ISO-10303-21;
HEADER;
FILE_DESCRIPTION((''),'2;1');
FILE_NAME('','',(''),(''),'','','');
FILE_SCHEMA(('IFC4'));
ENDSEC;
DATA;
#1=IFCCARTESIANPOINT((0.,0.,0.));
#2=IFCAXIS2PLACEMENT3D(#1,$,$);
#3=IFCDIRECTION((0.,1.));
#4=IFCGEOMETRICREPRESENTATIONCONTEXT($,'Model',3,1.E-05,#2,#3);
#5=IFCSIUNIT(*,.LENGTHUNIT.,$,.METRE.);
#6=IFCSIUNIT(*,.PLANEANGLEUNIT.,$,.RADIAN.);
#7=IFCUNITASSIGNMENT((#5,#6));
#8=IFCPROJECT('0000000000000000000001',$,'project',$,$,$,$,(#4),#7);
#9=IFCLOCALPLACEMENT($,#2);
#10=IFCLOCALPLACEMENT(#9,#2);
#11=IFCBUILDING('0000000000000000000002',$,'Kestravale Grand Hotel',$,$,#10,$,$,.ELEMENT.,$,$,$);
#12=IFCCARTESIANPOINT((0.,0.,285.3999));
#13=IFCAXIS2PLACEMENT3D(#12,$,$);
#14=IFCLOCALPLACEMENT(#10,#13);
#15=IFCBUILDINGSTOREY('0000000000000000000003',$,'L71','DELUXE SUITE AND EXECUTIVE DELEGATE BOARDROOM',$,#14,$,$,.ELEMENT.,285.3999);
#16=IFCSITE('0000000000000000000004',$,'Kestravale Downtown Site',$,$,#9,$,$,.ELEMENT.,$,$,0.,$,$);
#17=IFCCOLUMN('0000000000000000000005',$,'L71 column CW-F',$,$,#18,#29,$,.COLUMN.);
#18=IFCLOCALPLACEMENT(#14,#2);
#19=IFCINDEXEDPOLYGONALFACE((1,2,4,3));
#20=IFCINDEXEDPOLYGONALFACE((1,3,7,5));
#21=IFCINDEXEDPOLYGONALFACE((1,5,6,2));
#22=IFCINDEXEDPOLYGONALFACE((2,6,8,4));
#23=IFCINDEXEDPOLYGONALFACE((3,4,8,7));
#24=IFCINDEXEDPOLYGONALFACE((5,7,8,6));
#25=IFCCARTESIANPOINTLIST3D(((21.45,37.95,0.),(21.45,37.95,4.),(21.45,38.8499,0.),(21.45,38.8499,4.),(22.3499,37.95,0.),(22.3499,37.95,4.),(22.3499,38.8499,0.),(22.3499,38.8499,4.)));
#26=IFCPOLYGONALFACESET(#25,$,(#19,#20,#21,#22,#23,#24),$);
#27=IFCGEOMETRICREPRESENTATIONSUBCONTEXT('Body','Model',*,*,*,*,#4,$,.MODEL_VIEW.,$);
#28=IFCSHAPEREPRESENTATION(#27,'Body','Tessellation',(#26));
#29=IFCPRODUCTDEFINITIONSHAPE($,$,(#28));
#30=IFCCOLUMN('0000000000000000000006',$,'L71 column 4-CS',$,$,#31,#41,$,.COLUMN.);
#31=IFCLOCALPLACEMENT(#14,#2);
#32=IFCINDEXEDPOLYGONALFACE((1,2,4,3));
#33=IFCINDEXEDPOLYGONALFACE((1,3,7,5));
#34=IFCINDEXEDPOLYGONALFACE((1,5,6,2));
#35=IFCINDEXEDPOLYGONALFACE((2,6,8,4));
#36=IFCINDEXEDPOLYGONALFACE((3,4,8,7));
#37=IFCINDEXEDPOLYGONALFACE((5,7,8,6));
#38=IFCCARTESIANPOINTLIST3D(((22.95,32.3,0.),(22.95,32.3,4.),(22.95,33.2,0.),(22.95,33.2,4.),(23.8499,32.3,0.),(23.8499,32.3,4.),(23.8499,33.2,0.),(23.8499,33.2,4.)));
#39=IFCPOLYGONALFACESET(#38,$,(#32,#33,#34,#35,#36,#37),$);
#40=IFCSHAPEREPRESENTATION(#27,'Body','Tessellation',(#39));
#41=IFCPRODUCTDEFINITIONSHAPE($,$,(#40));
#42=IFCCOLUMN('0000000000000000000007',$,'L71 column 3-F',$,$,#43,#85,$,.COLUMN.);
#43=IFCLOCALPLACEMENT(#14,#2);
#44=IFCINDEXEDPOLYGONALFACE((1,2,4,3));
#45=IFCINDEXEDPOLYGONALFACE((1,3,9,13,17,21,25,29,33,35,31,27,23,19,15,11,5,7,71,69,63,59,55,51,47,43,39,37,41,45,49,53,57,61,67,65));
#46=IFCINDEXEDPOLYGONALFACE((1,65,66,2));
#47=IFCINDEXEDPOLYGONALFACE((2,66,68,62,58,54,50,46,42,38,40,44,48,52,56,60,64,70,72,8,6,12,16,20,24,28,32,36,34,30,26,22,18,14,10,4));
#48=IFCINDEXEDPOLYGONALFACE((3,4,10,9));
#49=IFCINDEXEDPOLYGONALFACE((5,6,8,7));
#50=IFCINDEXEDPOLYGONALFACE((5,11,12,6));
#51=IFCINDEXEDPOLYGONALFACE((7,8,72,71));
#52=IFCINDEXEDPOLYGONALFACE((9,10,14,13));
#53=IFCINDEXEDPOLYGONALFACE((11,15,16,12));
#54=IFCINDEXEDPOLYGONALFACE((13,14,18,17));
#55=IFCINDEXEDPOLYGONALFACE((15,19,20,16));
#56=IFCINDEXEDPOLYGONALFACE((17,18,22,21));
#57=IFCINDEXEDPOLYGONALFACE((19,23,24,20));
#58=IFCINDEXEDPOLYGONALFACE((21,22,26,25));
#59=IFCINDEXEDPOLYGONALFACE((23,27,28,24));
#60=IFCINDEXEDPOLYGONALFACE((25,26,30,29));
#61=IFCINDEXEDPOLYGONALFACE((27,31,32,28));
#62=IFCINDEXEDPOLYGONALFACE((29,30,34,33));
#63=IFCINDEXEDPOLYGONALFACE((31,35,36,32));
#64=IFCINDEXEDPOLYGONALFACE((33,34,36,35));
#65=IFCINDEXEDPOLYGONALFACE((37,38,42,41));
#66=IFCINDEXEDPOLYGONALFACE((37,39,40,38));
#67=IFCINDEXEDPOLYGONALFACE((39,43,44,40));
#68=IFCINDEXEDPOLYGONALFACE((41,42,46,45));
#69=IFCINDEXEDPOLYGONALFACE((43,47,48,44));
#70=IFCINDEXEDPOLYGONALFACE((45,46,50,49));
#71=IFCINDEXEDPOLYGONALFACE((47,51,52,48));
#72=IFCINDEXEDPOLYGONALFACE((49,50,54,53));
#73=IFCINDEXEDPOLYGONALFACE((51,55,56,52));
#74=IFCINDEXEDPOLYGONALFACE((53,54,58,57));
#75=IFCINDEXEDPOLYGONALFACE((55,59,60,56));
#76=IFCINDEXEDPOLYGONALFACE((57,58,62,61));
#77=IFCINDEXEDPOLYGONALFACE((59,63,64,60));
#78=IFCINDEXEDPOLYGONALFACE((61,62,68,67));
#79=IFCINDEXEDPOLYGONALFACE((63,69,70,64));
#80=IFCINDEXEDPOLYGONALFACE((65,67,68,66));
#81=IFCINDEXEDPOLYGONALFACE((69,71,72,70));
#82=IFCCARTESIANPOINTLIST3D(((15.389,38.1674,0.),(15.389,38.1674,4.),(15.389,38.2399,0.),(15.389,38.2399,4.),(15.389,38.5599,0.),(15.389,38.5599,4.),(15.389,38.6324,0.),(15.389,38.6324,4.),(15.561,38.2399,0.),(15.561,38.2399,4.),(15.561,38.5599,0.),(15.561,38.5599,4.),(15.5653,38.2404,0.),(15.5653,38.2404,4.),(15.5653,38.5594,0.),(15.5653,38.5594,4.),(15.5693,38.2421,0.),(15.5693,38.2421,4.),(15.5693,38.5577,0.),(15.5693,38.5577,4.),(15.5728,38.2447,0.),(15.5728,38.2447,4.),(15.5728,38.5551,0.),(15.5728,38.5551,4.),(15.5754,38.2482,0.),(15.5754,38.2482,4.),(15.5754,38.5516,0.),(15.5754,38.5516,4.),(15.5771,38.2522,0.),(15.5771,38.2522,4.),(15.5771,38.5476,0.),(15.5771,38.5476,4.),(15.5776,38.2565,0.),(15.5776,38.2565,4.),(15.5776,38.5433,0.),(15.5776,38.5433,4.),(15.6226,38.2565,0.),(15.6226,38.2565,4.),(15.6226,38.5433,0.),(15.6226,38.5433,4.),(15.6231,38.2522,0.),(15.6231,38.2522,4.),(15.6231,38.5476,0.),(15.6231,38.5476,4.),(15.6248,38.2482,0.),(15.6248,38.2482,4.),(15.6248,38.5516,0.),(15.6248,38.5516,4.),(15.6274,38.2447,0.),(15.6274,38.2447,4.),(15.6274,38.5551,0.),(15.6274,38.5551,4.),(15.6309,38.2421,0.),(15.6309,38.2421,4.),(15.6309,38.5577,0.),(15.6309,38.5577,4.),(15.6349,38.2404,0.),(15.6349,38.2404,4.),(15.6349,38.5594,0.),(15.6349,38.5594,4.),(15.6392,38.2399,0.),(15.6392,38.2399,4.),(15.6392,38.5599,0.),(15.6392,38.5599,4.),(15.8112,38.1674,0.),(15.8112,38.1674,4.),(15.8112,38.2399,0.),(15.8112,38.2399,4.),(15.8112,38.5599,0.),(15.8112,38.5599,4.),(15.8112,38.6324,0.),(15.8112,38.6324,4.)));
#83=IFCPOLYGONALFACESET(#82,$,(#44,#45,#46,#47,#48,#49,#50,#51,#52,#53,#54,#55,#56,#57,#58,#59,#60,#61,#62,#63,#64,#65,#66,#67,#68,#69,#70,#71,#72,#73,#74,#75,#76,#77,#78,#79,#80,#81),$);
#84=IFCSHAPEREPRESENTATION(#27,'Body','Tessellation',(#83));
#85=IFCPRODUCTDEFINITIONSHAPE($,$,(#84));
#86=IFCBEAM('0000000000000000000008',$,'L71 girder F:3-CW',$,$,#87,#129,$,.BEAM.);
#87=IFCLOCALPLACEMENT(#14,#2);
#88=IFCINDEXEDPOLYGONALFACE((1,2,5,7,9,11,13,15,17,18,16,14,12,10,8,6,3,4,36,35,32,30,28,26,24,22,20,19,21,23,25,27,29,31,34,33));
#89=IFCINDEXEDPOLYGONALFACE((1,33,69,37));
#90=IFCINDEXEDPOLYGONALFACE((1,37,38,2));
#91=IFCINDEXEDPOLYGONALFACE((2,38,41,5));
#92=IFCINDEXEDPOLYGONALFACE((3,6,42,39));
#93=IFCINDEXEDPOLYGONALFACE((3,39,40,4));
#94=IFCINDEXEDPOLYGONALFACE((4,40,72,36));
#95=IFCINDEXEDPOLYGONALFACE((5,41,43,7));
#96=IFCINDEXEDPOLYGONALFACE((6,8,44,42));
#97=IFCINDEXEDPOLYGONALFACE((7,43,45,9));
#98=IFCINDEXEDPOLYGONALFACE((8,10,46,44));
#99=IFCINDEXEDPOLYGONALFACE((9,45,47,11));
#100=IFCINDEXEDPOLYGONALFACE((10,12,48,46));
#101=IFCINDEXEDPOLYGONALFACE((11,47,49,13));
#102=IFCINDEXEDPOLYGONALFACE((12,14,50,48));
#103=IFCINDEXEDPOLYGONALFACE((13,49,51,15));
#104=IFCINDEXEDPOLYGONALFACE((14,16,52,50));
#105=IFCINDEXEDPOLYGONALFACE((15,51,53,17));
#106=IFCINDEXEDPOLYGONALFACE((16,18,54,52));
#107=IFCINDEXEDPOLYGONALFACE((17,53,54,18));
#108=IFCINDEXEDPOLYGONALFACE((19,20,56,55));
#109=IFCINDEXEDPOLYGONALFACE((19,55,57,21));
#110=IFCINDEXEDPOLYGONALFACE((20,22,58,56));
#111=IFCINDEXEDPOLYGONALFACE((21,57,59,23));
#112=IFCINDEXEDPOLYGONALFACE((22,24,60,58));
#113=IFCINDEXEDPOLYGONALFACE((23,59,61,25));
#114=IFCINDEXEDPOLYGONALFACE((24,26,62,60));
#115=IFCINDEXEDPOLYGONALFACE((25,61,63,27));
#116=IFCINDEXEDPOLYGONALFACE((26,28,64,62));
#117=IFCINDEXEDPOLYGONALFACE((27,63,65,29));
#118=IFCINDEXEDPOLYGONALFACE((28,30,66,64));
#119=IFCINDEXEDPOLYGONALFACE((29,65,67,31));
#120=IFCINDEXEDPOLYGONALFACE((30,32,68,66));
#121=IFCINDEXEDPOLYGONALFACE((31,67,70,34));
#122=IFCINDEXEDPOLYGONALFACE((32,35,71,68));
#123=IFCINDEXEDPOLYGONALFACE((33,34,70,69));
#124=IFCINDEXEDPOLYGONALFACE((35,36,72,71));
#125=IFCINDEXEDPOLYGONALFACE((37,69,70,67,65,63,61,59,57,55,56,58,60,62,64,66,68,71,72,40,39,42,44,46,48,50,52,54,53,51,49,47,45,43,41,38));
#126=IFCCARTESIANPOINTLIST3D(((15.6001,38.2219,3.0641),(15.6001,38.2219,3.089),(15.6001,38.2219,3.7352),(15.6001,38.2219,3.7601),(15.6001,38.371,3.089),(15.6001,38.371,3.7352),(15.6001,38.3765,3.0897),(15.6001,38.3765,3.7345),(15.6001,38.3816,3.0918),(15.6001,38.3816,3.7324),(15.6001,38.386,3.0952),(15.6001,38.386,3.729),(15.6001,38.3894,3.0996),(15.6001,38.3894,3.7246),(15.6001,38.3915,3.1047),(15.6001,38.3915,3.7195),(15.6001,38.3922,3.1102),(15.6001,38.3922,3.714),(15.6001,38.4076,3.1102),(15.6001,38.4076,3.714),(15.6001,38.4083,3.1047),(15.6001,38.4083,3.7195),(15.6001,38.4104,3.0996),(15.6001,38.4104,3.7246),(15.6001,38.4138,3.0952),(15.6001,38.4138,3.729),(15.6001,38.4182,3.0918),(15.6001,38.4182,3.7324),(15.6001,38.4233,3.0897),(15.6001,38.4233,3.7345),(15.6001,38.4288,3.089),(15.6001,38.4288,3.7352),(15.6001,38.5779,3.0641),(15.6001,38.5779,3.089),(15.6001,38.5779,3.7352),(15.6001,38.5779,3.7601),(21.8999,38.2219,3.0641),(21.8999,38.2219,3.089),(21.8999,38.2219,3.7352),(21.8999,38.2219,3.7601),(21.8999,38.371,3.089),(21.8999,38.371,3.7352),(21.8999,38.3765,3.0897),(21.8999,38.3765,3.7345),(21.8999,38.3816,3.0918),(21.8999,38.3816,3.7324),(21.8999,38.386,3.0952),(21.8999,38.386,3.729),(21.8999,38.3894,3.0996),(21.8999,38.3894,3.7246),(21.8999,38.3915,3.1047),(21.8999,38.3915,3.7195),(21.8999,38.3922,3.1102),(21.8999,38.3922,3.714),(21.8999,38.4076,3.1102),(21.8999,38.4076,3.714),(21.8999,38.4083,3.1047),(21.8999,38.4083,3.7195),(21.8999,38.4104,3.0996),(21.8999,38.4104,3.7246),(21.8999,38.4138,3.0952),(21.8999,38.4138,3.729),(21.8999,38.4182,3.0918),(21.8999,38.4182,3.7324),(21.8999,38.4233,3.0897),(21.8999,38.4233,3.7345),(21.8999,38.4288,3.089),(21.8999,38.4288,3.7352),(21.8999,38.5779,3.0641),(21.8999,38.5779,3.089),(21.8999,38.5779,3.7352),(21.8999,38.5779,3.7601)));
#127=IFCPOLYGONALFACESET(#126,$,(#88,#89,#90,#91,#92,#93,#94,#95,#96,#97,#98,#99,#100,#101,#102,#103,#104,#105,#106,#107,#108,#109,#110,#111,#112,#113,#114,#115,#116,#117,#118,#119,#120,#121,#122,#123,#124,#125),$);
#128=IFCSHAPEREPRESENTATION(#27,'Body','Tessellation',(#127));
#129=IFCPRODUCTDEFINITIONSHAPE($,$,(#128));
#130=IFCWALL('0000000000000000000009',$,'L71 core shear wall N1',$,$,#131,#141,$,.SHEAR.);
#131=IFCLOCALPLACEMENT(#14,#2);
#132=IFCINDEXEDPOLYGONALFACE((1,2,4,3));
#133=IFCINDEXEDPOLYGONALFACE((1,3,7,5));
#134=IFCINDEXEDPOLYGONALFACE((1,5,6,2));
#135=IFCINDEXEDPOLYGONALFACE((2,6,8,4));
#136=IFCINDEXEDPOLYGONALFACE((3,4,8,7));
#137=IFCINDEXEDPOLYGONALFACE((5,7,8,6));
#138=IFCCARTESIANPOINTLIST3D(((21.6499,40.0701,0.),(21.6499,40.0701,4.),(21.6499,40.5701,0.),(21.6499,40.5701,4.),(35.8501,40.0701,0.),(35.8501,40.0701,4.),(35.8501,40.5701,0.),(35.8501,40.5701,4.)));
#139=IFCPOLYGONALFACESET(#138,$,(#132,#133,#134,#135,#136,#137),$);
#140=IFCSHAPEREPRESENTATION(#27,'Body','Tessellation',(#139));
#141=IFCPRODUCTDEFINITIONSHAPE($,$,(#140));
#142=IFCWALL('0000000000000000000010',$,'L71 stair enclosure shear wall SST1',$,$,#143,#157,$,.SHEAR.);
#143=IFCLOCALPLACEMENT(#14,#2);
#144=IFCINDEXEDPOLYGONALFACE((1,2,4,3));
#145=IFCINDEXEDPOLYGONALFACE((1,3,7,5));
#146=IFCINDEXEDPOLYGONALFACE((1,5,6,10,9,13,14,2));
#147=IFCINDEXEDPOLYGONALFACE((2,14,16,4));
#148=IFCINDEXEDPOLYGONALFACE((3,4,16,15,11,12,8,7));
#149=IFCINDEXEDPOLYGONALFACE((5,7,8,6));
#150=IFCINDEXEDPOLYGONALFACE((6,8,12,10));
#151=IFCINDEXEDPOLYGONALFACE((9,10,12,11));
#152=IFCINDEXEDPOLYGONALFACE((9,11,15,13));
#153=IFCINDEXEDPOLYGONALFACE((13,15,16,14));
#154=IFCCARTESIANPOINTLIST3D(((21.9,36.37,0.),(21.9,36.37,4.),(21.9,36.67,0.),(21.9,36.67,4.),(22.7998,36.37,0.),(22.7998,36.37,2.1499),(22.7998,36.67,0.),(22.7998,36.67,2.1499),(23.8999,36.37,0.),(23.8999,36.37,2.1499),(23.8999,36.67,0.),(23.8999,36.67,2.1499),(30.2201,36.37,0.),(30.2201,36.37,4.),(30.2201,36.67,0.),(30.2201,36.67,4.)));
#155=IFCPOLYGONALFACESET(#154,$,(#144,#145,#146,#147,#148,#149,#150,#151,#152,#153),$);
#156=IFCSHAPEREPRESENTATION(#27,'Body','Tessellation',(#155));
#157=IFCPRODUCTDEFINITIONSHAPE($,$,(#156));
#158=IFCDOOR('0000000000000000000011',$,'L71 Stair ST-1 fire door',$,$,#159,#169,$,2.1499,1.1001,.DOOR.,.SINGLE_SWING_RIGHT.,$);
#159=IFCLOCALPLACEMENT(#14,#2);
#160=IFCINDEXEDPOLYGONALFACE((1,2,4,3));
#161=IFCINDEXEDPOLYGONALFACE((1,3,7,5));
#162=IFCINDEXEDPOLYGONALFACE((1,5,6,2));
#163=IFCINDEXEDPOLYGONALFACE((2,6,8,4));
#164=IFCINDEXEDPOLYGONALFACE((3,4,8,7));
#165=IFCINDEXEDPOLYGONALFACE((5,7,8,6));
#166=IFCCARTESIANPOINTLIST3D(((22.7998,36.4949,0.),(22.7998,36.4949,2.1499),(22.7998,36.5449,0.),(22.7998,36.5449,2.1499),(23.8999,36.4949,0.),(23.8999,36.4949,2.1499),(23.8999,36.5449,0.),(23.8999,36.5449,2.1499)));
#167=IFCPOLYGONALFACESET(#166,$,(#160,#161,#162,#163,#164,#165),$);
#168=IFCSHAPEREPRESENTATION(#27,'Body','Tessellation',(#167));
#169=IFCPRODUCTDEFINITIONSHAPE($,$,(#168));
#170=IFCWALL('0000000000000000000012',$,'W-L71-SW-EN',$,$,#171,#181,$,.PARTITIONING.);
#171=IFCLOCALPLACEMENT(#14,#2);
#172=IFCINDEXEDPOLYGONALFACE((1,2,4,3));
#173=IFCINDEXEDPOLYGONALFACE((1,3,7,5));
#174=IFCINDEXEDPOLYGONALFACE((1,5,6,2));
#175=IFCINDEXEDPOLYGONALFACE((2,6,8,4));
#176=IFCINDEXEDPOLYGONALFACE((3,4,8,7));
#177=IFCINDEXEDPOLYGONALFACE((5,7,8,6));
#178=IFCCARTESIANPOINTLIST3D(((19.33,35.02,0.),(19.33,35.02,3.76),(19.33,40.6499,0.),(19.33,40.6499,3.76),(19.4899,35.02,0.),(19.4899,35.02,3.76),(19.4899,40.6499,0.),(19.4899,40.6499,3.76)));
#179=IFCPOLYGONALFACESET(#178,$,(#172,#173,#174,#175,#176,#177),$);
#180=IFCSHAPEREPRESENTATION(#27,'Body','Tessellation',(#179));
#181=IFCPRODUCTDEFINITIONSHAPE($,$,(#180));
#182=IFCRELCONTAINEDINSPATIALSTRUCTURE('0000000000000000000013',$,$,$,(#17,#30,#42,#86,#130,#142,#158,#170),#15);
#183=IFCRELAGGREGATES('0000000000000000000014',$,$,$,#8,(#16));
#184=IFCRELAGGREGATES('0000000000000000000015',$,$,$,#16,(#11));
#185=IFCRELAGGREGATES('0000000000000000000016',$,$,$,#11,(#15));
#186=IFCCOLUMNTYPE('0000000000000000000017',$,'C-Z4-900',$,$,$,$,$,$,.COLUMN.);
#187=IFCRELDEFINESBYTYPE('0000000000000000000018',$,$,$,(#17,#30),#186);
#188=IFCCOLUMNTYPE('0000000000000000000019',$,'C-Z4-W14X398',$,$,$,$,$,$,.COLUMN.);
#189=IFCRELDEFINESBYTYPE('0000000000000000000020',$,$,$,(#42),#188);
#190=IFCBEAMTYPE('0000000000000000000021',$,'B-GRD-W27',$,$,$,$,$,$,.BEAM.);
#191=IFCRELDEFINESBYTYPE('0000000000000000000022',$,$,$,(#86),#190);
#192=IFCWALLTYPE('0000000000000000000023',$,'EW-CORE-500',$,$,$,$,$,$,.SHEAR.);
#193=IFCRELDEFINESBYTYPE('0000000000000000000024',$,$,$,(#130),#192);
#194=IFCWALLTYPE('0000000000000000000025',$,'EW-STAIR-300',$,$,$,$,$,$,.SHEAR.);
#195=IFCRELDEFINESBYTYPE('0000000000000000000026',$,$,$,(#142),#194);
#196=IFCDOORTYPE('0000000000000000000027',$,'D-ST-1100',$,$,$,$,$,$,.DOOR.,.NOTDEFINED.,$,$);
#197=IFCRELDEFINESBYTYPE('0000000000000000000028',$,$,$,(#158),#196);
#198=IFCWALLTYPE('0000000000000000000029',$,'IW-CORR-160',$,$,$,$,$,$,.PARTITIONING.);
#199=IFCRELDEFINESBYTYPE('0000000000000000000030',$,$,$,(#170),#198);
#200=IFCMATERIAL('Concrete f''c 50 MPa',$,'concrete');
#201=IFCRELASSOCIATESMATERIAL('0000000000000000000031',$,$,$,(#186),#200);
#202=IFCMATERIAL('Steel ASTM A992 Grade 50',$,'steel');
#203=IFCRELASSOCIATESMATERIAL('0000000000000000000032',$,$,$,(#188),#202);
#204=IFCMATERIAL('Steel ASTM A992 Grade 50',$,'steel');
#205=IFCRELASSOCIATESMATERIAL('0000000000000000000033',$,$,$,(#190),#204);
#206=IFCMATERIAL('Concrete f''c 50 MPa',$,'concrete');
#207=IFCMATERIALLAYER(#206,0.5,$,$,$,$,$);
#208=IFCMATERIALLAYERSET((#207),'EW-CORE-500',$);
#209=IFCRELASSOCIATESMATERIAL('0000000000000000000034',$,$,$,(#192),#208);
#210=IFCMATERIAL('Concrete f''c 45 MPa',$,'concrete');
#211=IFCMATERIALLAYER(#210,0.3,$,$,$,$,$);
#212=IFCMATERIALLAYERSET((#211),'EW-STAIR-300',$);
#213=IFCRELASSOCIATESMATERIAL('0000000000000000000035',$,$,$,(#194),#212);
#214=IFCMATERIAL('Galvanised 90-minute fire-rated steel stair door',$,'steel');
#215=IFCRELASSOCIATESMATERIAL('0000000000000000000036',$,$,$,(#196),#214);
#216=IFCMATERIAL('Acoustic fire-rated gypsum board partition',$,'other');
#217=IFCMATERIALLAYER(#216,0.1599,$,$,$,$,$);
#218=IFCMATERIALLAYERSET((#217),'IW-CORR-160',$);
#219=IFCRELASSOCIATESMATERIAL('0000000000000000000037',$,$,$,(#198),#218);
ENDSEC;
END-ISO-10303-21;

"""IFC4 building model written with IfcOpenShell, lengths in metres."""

from ifc_helpers import new_model, si_unit, direction, frame, frame_2d, origin, origin_2d, place, context, subcontext, project, spatial, rectangle, i_section, extrude, material, layer, layer_set, material_profile, profile_set, type_object, element, fill, save


model = new_model("IFC4")

# Units and contexts
model_context = context("Model", 3, precision=1e-05, world=origin(), true_north=direction((0.0, 1.0)))
body_context = subcontext(model_context, "Body", "Model", "MODEL_VIEW")
ifc_project = project(units=[si_unit("LENGTHUNIT", "METRE"), si_unit("PLANEANGLEUNIT", "RADIAN")], contexts=[model_context])

# Site, building, storey
site_placement = place(None, origin())
site = spatial("IfcSite", under=ifc_project, at=site_placement, Name="Kestravale Downtown Site", CompositionType="ELEMENT", RefElevation=0.0)
building_placement = place(site_placement, origin())
building = spatial("IfcBuilding", under=site, at=building_placement, Name="Kestravale Grand Hotel", CompositionType="ELEMENT")
storey_placement = place(building_placement, frame((0.0, 0.0, 285.3999)))
storey = spatial("IfcBuildingStorey", under=building, at=storey_placement, Name="L71", Description="DELUXE SUITE AND EXECUTIVE DELEGATE BOARDROOM", CompositionType="ELEMENT", Elevation=285.3999)

# Columns
ifc_material_1 = material(Name="Concrete f'c 50 MPa", Category="concrete")
ifc_material_profile_1 = material_profile(ifc_material_1, rectangle(XDim=0.8999, YDim=0.8999, at=origin_2d()))
ifc_profile_set_1 = profile_set([ifc_material_profile_1], Name="Concrete f'c 50 MPa")
column_type_1 = type_object("IfcColumnType", Name="C-Z4-900", PredefinedType="COLUMN", material=ifc_profile_set_1)
for number, where, z_axis, x_axis, name in (
    (1, (21.8999, 38.3999, 0.0), (0.0, 0.0, 1.0), (1.0, 0.0, 0.0), "L71 column CW-F"),
    (2, (23.3999, 32.75, 0.0), (0.0, 0.0, 1.0), (1.0, 0.0, 0.0), "L71 column 4-CS"),
):
    element("IfcColumn", number, at=place(storey_placement, frame(where, z_axis=z_axis, x_axis=x_axis)), inside=storey, type_object=column_type_1, Name=name, PredefinedType="COLUMN", context=body_context, shape_type="SweptSolid", body=[
        extrude(rectangle(XDim=0.8999, YDim=0.8999, at=origin_2d()), origin(), (0.0, 0.0, 1.0), 4.0),
    ])
ifc_material_2 = material(Name="Steel ASTM A992 Grade 50", Category="steel")
ifc_material_profile_2 = material_profile(ifc_material_2, i_section(OverallWidth=0.4221, OverallDepth=0.4651, WebThickness=0.0449, FlangeThickness=0.0725, FilletRadius=0.0166, at=origin_2d()))
ifc_profile_set_2 = profile_set([ifc_material_profile_2], Name="Steel ASTM A992 Grade 50")
column_type_2 = type_object("IfcColumnType", Name="C-Z4-W14X398", PredefinedType="COLUMN", material=ifc_profile_set_2)
column_placement = place(storey_placement, frame((15.6001, 38.3999, 0.0), z_axis=(0.0, 0.0, 1.0), x_axis=(1.0, 0.0, 0.0)))
element("IfcColumn", 3, at=column_placement, inside=storey, type_object=column_type_2, Name="L71 column 3-F", PredefinedType="COLUMN", context=body_context, shape_type="SweptSolid", body=[
    extrude(i_section(OverallWidth=0.4221, OverallDepth=0.4651, WebThickness=0.0449, FlangeThickness=0.0725, FilletRadius=0.0166, at=origin_2d()), origin(), (0.0, 0.0, 1.0), 4.0),
])

# Beam
ifc_material_3 = material(Name="Steel ASTM A992 Grade 50", Category="steel")
ifc_material_profile_3 = material_profile(ifc_material_3, i_section(OverallWidth=0.356, OverallDepth=0.696, WebThickness=0.0154, FlangeThickness=0.0249, FilletRadius=0.0212, at=origin_2d()))
ifc_profile_set_3 = profile_set([ifc_material_profile_3], Name="Steel ASTM A992 Grade 50")
beam_type = type_object("IfcBeamType", Name="B-GRD-W27", PredefinedType="BEAM", material=ifc_profile_set_3)
beam_placement = place(storey_placement, frame((15.6001, 38.3999, 3.4121), z_axis=(1.0, 0.0, 0.0), x_axis=(0.0, 1.0, 0.0)))
element("IfcBeam", 4, at=beam_placement, inside=storey, type_object=beam_type, Name="L71 girder F:3-CW", PredefinedType="BEAM", context=body_context, shape_type="SweptSolid", body=[
    extrude(i_section(OverallWidth=0.356, OverallDepth=0.696, WebThickness=0.0154, FlangeThickness=0.0249, FilletRadius=0.0212, at=origin_2d()), origin(), (0.0, 0.0, 1.0), 6.2998),
])

# Wall
ifc_material_4 = material(Name="Concrete f'c 50 MPa", Category="concrete")
ifc_layer_1 = layer(ifc_material_4, 0.5)
ifc_layer_set_1 = layer_set([ifc_layer_1], Name="EW-CORE-500")
wall_type_1 = type_object("IfcWallType", Name="EW-CORE-500", PredefinedType="SHEAR", material=ifc_layer_set_1)
wall_1_placement = place(storey_placement, frame((21.6499, 40.3201, 0.0), z_axis=(0.0, 0.0, 1.0), x_axis=(1.0, 0.0, 0.0)))
element("IfcWall", 5, at=wall_1_placement, inside=storey, type_object=wall_type_1, Name="L71 core shear wall N1", PredefinedType="SHEAR", context=body_context, shape_type="SweptSolid", body=[
    extrude(rectangle(XDim=14.2002, YDim=0.5, at=frame_2d((7.1001, 0.0))), origin(), (0.0, 0.0, 1.0), 4.0),
])

# Wall, opening, door
ifc_material_5 = material(Name="Concrete f'c 45 MPa", Category="concrete")
ifc_layer_2 = layer(ifc_material_5, 0.3)
ifc_layer_set_2 = layer_set([ifc_layer_2], Name="EW-STAIR-300")
wall_type_2 = type_object("IfcWallType", Name="EW-STAIR-300", PredefinedType="SHEAR", material=ifc_layer_set_2)
wall_2_placement = place(storey_placement, frame((21.8999, 36.52, 0.0), z_axis=(0.0, 0.0, 1.0), x_axis=(1.0, 0.0, 0.0)))
wall_2 = element("IfcWall", 6, at=wall_2_placement, inside=storey, type_object=wall_type_2, Name="L71 stair enclosure shear wall SST1", PredefinedType="SHEAR", context=body_context, shape_type="SweptSolid", body=[
    extrude(rectangle(XDim=8.3201, YDim=0.3, at=frame_2d((4.1602, 0.0))), origin(), (0.0, 0.0, 1.0), 4.0),
])
opening_1_placement = place(wall_2_placement, frame((0.8999, 0.0, 0.0)))
opening_1 = element("IfcOpeningElement", 7, at=opening_1_placement, cuts=wall_2, PredefinedType="OPENING", context=body_context, shape_type="SweptSolid", body=[
    extrude(rectangle(XDim=1.1001, YDim=2.1499, at=frame_2d((0.55, 1.075))), frame((0.0, 0.1599, 0.0), z_axis=(0.0, -1.0, 0.0), x_axis=(1.0, 0.0, 0.0)), (0.0, 0.0, 1.0), 0.3201),
])
ifc_material_6 = material(Name="Galvanised 90-minute fire-rated steel stair door", Category="steel")
door_type_1 = type_object("IfcDoorType", Name="D-ST-1100", OperationType="NOTDEFINED", PredefinedType="DOOR", material=ifc_material_6)
door_1_placement = place(opening_1_placement, origin())
door_1 = element("IfcDoor", 8, at=door_1_placement, inside=storey, type_object=door_type_1, Name="L71 Stair ST-1 fire door", OperationType="SINGLE_SWING_RIGHT", OverallHeight=2.1499, OverallWidth=1.1001, PredefinedType="DOOR", context=body_context, shape_type="SweptSolid", body=[
    extrude(rectangle(XDim=1.1001, YDim=2.1499, at=frame_2d((0.55, 1.075))), frame((0.0, 0.0249, 0.0), z_axis=(0.0, -1.0, 0.0), x_axis=(1.0, 0.0, 0.0)), (0.0, 0.0, 1.0), 0.05),
])
fill(opening_1, door_1)

# Wall
ifc_material_7 = material(Name="Acoustic fire-rated gypsum board partition", Category="other")
ifc_layer_3 = layer(ifc_material_7, 0.1599)
ifc_layer_set_3 = layer_set([ifc_layer_3], Name="IW-CORR-160")
wall_type_3 = type_object("IfcWallType", Name="IW-CORR-160", PredefinedType="PARTITIONING", material=ifc_layer_set_3)
wall_3_placement = place(storey_placement, frame((19.4099, 35.02, 0.0), z_axis=(0.0, 0.0, 1.0), x_axis=(0.0, 1.0, 0.0)))
element("IfcWall", 9, at=wall_3_placement, inside=storey, type_object=wall_type_3, Name="W-L71-SW-EN", PredefinedType="PARTITIONING", context=body_context, shape_type="SweptSolid", body=[
    extrude(rectangle(XDim=5.6299, YDim=0.1599, at=frame_2d((2.8149, 0.0))), origin(), (0.0, 0.0, 1.0), 3.76),
])

save(model, "model.ifc")
